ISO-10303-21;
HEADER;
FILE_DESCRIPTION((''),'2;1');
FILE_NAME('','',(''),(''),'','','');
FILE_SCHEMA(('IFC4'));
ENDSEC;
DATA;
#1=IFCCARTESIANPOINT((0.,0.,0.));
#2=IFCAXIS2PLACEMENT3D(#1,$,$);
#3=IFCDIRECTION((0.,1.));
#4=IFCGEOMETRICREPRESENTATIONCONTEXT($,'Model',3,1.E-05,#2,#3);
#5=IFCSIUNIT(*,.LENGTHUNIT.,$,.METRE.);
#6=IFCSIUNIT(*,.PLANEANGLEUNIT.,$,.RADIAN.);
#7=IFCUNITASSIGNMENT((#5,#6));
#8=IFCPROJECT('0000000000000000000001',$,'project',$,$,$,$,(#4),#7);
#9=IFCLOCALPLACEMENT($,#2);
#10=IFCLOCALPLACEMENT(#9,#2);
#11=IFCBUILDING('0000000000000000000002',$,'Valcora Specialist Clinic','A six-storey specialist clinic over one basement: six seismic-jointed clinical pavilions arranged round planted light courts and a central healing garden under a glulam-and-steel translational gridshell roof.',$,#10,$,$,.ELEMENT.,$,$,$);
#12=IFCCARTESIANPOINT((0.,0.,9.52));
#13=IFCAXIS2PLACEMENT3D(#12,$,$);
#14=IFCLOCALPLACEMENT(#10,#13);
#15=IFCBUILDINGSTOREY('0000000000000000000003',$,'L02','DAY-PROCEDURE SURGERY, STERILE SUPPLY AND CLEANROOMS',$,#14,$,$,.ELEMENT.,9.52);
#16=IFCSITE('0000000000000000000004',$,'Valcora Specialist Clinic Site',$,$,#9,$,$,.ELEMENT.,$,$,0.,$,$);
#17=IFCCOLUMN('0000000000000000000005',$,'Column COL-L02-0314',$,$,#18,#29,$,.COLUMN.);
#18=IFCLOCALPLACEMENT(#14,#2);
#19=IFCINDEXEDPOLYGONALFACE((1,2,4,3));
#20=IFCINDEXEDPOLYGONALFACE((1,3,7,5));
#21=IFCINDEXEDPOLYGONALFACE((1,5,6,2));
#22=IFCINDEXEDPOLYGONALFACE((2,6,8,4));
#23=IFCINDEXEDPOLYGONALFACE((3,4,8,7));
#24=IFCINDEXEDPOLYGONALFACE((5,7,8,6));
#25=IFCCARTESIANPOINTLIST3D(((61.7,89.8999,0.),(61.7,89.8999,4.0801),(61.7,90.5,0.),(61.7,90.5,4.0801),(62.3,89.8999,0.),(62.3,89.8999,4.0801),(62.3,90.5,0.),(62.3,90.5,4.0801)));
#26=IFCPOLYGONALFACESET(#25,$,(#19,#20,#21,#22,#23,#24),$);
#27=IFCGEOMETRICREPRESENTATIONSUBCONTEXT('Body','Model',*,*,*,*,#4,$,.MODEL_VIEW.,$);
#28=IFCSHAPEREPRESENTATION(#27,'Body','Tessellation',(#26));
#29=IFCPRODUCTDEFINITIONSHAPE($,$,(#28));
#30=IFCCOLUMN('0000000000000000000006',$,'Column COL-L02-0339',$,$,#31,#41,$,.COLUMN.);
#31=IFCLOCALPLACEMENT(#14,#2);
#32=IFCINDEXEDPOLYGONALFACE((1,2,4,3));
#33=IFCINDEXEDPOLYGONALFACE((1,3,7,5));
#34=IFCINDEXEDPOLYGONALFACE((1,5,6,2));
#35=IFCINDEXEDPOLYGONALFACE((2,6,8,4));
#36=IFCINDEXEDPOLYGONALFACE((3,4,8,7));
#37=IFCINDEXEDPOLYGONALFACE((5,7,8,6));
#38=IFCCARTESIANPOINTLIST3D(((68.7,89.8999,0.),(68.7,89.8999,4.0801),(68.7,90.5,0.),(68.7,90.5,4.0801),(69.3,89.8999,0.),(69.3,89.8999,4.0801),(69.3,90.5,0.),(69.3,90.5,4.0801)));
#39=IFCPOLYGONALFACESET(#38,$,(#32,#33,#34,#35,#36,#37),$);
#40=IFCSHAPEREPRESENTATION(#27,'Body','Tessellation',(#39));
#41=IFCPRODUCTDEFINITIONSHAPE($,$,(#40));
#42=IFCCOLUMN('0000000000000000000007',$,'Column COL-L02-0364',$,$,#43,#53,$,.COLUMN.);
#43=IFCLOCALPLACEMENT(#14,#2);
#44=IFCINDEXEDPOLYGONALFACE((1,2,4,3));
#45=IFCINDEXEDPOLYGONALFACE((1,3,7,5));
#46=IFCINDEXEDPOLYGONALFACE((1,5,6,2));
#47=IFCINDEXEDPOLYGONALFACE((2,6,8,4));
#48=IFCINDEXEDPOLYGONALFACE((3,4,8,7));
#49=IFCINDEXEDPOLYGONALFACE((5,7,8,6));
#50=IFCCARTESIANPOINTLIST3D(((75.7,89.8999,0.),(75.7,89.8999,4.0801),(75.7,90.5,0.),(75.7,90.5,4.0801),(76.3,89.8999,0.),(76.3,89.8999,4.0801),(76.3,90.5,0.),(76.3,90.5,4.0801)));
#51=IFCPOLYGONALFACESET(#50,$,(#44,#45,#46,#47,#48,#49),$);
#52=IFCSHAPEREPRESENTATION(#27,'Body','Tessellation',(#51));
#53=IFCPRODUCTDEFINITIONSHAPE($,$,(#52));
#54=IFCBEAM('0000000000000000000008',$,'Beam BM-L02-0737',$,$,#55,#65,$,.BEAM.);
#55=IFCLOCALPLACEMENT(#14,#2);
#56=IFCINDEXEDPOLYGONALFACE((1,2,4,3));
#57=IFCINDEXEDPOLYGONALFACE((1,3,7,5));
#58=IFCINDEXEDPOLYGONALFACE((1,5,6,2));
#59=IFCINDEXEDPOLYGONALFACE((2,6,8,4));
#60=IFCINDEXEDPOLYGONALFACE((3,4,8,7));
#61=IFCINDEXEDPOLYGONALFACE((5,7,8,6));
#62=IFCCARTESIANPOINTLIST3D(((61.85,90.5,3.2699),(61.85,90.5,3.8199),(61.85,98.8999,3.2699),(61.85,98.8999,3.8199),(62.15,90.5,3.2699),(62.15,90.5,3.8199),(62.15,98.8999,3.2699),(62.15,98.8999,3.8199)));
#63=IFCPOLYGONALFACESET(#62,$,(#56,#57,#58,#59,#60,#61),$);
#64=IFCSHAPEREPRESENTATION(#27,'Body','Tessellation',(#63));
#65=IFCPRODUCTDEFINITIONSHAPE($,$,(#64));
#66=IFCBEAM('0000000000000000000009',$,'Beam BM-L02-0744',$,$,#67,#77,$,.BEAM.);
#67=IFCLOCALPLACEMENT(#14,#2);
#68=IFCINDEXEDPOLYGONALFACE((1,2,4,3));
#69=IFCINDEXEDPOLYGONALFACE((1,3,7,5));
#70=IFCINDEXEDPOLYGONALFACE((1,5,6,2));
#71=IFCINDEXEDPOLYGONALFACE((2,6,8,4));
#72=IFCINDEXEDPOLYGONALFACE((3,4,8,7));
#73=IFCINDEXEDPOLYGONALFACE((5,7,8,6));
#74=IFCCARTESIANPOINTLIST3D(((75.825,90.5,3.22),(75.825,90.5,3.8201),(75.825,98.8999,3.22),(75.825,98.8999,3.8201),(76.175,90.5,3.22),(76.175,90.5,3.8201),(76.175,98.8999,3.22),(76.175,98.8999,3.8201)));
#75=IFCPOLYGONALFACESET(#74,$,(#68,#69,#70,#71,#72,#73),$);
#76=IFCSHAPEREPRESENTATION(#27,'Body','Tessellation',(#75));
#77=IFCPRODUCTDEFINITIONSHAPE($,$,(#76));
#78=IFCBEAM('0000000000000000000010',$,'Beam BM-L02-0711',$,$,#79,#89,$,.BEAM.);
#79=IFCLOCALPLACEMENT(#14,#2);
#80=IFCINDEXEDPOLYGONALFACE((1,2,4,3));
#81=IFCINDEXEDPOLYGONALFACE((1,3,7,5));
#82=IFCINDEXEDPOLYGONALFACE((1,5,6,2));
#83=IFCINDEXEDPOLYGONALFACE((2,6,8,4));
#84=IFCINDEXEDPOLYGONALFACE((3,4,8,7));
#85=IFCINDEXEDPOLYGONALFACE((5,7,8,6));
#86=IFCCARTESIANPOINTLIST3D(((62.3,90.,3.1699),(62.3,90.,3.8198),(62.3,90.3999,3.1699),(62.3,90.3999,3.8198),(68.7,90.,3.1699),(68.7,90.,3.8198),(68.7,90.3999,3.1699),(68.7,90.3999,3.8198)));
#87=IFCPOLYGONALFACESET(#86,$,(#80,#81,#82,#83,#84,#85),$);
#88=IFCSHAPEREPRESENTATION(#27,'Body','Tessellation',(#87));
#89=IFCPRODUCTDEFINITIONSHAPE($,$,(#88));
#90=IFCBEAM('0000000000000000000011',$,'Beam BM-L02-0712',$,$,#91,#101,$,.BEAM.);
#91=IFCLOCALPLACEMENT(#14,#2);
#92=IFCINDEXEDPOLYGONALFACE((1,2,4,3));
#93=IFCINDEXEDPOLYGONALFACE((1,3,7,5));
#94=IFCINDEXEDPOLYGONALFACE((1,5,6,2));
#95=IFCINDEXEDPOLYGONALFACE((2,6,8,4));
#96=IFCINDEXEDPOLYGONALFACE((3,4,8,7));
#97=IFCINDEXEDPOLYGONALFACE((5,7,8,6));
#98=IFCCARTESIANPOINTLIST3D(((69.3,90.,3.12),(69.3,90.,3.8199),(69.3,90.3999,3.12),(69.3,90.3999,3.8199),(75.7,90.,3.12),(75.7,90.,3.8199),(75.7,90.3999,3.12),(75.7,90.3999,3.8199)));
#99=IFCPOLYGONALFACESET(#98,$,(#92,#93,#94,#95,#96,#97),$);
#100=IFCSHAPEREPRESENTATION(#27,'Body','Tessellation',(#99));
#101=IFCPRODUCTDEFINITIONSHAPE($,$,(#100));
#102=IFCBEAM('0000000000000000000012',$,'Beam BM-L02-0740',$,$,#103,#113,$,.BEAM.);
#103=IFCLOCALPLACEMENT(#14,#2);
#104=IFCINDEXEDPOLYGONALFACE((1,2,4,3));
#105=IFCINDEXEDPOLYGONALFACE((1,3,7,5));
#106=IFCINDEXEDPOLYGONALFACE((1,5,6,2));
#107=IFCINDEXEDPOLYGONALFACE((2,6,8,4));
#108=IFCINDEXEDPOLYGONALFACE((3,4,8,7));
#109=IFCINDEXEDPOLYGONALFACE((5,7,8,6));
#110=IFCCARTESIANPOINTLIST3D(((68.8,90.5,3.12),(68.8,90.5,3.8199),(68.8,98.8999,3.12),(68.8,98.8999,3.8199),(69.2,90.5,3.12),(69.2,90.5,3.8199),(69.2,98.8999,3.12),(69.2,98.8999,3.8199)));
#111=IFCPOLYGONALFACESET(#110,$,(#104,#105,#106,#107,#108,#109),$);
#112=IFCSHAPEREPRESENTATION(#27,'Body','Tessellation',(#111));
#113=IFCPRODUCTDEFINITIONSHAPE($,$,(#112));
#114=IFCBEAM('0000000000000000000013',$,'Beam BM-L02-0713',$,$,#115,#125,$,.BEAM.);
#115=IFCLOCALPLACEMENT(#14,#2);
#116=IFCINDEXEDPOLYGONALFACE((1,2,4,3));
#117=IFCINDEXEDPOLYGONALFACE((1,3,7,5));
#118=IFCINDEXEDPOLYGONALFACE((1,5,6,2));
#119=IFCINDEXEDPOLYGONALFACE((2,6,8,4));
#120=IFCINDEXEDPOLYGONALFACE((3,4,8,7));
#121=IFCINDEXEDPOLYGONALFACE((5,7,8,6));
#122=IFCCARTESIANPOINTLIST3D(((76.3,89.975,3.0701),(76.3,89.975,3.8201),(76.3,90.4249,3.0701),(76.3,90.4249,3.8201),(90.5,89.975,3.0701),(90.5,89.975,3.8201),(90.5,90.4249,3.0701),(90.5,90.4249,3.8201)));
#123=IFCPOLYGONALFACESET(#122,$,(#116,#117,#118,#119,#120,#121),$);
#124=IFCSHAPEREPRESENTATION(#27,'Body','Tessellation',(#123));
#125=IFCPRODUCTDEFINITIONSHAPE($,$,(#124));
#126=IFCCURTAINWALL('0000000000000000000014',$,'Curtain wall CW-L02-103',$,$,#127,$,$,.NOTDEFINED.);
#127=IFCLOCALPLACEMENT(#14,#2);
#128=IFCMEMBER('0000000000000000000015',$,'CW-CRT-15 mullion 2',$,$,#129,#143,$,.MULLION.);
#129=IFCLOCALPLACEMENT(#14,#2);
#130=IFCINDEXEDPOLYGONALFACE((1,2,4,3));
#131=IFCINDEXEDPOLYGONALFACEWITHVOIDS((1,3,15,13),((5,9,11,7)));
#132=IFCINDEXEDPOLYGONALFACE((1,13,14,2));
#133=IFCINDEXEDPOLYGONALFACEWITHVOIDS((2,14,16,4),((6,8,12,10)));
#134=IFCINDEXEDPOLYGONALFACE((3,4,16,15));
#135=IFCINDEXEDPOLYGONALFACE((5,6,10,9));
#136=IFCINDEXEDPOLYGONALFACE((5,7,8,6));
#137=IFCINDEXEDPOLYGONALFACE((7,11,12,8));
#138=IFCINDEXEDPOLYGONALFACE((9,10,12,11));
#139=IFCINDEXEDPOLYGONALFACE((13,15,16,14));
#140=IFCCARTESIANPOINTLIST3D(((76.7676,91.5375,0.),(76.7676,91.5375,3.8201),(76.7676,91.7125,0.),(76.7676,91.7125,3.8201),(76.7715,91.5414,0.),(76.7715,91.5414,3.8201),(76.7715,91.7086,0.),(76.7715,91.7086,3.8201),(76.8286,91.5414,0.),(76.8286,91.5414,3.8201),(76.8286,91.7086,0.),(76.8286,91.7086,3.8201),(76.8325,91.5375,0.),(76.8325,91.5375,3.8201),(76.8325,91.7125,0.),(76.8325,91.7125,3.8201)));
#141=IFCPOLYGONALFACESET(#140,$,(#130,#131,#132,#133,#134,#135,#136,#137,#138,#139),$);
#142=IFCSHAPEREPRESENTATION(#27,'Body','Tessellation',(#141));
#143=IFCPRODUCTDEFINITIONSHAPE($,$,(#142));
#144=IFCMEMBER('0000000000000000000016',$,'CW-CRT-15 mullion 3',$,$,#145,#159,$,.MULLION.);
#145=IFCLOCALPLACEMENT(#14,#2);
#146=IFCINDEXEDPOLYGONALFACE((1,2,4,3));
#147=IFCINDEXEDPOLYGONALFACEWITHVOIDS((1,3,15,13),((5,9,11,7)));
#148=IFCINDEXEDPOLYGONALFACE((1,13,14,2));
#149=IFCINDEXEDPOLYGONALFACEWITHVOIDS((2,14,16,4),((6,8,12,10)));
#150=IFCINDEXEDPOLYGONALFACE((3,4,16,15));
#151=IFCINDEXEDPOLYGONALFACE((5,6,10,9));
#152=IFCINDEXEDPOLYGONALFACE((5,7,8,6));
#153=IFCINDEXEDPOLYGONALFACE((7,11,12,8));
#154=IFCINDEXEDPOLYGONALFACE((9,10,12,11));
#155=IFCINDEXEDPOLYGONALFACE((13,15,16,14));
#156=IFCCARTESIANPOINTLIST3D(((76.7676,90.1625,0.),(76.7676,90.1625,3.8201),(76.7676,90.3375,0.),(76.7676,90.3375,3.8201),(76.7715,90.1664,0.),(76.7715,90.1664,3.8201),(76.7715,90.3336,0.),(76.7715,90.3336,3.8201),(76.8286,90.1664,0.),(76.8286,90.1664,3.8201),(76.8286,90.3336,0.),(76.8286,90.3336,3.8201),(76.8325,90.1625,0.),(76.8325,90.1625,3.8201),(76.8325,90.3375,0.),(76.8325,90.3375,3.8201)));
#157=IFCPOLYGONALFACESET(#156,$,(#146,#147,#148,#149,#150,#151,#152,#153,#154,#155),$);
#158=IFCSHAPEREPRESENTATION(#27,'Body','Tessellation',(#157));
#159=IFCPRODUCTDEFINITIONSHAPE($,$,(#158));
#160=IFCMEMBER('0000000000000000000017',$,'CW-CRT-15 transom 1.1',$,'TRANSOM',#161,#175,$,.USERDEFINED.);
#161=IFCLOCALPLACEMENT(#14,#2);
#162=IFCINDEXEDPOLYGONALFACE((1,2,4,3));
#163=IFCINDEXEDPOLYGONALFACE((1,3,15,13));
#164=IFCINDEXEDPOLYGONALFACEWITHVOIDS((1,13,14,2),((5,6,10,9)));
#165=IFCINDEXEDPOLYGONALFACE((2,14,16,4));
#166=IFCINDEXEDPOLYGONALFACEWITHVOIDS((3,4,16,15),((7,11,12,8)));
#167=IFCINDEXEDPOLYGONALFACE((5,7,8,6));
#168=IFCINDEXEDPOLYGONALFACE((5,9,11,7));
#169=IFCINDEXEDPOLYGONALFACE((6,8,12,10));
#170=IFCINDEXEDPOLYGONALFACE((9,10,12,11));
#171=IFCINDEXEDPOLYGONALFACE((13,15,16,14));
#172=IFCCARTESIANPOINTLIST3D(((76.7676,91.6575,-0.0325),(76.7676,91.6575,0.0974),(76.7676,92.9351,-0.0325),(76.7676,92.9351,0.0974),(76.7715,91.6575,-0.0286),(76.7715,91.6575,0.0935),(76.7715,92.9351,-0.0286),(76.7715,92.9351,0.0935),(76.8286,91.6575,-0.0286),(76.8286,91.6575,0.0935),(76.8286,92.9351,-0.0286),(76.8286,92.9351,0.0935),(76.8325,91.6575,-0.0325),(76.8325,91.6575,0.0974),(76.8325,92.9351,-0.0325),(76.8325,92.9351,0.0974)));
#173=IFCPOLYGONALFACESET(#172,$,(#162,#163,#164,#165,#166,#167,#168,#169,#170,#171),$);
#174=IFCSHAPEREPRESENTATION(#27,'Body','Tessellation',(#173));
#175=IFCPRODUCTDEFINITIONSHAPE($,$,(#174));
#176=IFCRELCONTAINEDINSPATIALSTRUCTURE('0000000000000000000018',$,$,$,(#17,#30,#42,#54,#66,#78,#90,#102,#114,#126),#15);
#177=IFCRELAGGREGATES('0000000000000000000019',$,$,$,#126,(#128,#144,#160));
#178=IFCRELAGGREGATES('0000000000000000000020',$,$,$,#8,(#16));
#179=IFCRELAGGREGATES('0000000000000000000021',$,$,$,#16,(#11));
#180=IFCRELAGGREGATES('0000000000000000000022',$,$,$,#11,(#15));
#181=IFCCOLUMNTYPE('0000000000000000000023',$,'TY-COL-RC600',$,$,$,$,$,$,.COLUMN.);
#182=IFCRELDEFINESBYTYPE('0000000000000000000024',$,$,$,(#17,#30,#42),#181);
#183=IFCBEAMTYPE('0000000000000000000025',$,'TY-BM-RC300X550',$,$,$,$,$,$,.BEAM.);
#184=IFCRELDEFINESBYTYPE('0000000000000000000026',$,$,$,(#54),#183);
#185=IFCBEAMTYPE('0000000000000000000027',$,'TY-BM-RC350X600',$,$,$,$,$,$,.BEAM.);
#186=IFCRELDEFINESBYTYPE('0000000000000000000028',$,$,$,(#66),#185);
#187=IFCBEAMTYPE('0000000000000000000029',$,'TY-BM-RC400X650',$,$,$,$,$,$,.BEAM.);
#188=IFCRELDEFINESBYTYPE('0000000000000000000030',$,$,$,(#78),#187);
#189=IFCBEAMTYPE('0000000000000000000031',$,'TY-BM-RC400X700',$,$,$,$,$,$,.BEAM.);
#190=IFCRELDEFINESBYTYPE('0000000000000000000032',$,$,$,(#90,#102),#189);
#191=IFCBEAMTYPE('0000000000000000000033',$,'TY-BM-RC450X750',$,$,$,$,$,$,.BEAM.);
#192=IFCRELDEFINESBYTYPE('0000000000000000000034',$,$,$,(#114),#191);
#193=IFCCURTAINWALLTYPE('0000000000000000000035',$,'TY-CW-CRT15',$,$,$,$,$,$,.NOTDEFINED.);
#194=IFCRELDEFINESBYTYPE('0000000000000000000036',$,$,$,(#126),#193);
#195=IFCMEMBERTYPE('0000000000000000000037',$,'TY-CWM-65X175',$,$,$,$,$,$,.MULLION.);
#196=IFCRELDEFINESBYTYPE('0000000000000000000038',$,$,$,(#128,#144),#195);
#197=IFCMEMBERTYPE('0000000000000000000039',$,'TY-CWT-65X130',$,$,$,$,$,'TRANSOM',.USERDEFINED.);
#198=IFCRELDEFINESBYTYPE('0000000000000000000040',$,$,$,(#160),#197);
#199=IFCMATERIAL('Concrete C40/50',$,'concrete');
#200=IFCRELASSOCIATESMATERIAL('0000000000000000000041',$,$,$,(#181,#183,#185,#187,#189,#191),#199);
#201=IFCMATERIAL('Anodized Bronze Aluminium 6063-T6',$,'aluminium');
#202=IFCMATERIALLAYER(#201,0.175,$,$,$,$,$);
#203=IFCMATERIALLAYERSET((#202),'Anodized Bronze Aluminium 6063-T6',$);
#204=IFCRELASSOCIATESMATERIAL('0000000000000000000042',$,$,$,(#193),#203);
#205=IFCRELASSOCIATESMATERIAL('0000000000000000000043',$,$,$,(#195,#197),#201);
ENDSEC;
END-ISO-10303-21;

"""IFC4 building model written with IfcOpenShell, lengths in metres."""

from ifc_helpers import new_model, si_unit, direction, frame, origin, origin_2d, place, context, subcontext, project, spatial, rectangle, hollow_rectangle, extrude, material, layer, layer_set, material_profile, profile_set, type_object, element, aggregate, save


model = new_model("IFC4")

# Units and contexts
model_context = context("Model", 3, precision=1e-05, world=origin(), true_north=direction((0.0, 1.0)))
body_context = subcontext(model_context, "Body", "Model", "MODEL_VIEW")
ifc_project = project(units=[si_unit("LENGTHUNIT", "METRE"), si_unit("PLANEANGLEUNIT", "RADIAN")], contexts=[model_context])

# Site, building, storey
site_placement = place(None, origin())
site = spatial("IfcSite", under=ifc_project, at=site_placement, Name="Valcora Specialist Clinic Site", CompositionType="ELEMENT", RefElevation=0.0)
building_placement = place(site_placement, origin())
building = spatial("IfcBuilding", under=site, at=building_placement, Name="Valcora Specialist Clinic", Description="A six-storey specialist clinic over one basement: six seismic-jointed clinical pavilions arranged round planted light courts and a central healing garden under a glulam-and-steel translational gridshell roof.", CompositionType="ELEMENT")
storey_placement = place(building_placement, frame((0.0, 0.0, 9.52)))
storey = spatial("IfcBuildingStorey", under=building, at=storey_placement, Name="L02", Description="DAY-PROCEDURE SURGERY, STERILE SUPPLY AND CLEANROOMS", CompositionType="ELEMENT", Elevation=9.52)

# Columns
ifc_material_1 = material(Name="Concrete C40/50", Category="concrete")
ifc_material_profile_1 = material_profile(ifc_material_1, rectangle(XDim=0.6001, YDim=0.6001, at=origin_2d()), Name="RC-COL-600X600")
ifc_profile_set_1 = profile_set([ifc_material_profile_1], Name="Concrete C40/50")
column_type = type_object("IfcColumnType", Name="TY-COL-RC600", PredefinedType="COLUMN", material=ifc_profile_set_1)
for number, where, z_axis, x_axis, name in (
    (1, (62.0, 90.2, 0.0), (0.0, 0.0, 1.0), (1.0, 0.0, 0.0), "Column COL-L02-0314"),
    (2, (69.0, 90.2, 0.0), (0.0, 0.0, 1.0), (1.0, 0.0, 0.0), "Column COL-L02-0339"),
    (3, (76.0, 90.2, 0.0), (0.0, 0.0, 1.0), (1.0, 0.0, 0.0), "Column COL-L02-0364"),
):
    element("IfcColumn", number, at=place(storey_placement, frame(where, z_axis=z_axis, x_axis=x_axis)), inside=storey, type_object=column_type, Name=name, PredefinedType="COLUMN", context=body_context, shape_type="SweptSolid", body=[
        extrude(rectangle(XDim=0.6001, YDim=0.6001, at=origin_2d()), origin(), (0.0, 0.0, 1.0), 4.0801),
    ])

# Beams
ifc_material_profile_2 = material_profile(ifc_material_1, rectangle(XDim=0.3, YDim=0.55, at=origin_2d()), Name="RC-BM-300X550")
ifc_profile_set_2 = profile_set([ifc_material_profile_2], Name="Concrete C40/50")
beam_type_1 = type_object("IfcBeamType", Name="TY-BM-RC300X550", PredefinedType="BEAM", material=ifc_profile_set_2)
beam_1_placement = place(storey_placement, frame((62.0, 90.5, 3.5449), z_axis=(0.0, 1.0, 0.0), x_axis=(-1.0, 0.0, 0.0)))
element("IfcBeam", 4, at=beam_1_placement, inside=storey, type_object=beam_type_1, Name="Beam BM-L02-0737", PredefinedType="BEAM", context=body_context, shape_type="SweptSolid", body=[
    extrude(rectangle(XDim=0.3, YDim=0.55, at=origin_2d()), origin(), (0.0, 0.0, 1.0), 8.3999),
])
ifc_material_profile_3 = material_profile(ifc_material_1, rectangle(XDim=0.3501, YDim=0.6001, at=origin_2d()), Name="RC-BM-350X600")
ifc_profile_set_3 = profile_set([ifc_material_profile_3], Name="Concrete C40/50")
beam_type_2 = type_object("IfcBeamType", Name="TY-BM-RC350X600", PredefinedType="BEAM", material=ifc_profile_set_3)
beam_2_placement = place(storey_placement, frame((76.0, 90.5, 3.52), z_axis=(0.0, 1.0, 0.0), x_axis=(-1.0, 0.0, 0.0)))
element("IfcBeam", 5, at=beam_2_placement, inside=storey, type_object=beam_type_2, Name="Beam BM-L02-0744", PredefinedType="BEAM", context=body_context, shape_type="SweptSolid", body=[
    extrude(rectangle(XDim=0.3501, YDim=0.6001, at=origin_2d()), origin(), (0.0, 0.0, 1.0), 8.3999),
])
ifc_material_profile_4 = material_profile(ifc_material_1, rectangle(XDim=0.3999, YDim=0.6499, at=origin_2d()), Name="RC-BM-400X650")
ifc_profile_set_4 = profile_set([ifc_material_profile_4], Name="Concrete C40/50")
beam_type_3 = type_object("IfcBeamType", Name="TY-BM-RC400X650", PredefinedType="BEAM", material=ifc_profile_set_4)
beam_3_placement = place(storey_placement, frame((62.3, 90.2, 3.4949), z_axis=(1.0, 0.0, 0.0), x_axis=(0.0, 1.0, 0.0)))
element("IfcBeam", 6, at=beam_3_placement, inside=storey, type_object=beam_type_3, Name="Beam BM-L02-0711", PredefinedType="BEAM", context=body_context, shape_type="SweptSolid", body=[
    extrude(rectangle(XDim=0.3999, YDim=0.6499, at=origin_2d()), origin(), (0.0, 0.0, 1.0), 6.3999),
])
ifc_material_profile_5 = material_profile(ifc_material_1, rectangle(XDim=0.3999, YDim=0.7, at=origin_2d()), Name="RC-BM-400X700")
ifc_profile_set_5 = profile_set([ifc_material_profile_5], Name="Concrete C40/50")
beam_type_4 = type_object("IfcBeamType", Name="TY-BM-RC400X700", PredefinedType="BEAM", material=ifc_profile_set_5)
beam_4_placement = place(storey_placement, frame((69.3, 90.2, 3.47), z_axis=(1.0, 0.0, 0.0), x_axis=(0.0, 1.0, 0.0)))
element("IfcBeam", 7, at=beam_4_placement, inside=storey, type_object=beam_type_4, Name="Beam BM-L02-0712", PredefinedType="BEAM", context=body_context, shape_type="SweptSolid", body=[
    extrude(rectangle(XDim=0.3999, YDim=0.7, at=origin_2d()), origin(), (0.0, 0.0, 1.0), 6.3999),
])
beam_5_placement = place(storey_placement, frame((69.0, 90.5, 3.47), z_axis=(0.0, 1.0, 0.0), x_axis=(-1.0, 0.0, 0.0)))
element("IfcBeam", 8, at=beam_5_placement, inside=storey, type_object=beam_type_4, Name="Beam BM-L02-0740", PredefinedType="BEAM", context=body_context, shape_type="SweptSolid", body=[
    extrude(rectangle(XDim=0.3999, YDim=0.7, at=origin_2d()), origin(), (0.0, 0.0, 1.0), 8.3999),
])
ifc_material_profile_6 = material_profile(ifc_material_1, rectangle(XDim=0.45, YDim=0.75, at=origin_2d()), Name="RC-BM-450X750")
ifc_profile_set_6 = profile_set([ifc_material_profile_6], Name="Concrete C40/50")
beam_type_5 = type_object("IfcBeamType", Name="TY-BM-RC450X750", PredefinedType="BEAM", material=ifc_profile_set_6)
beam_6_placement = place(storey_placement, frame((76.3, 90.2, 3.4451), z_axis=(1.0, 0.0, 0.0), x_axis=(0.0, 1.0, 0.0)))
element("IfcBeam", 9, at=beam_6_placement, inside=storey, type_object=beam_type_5, Name="Beam BM-L02-0713", PredefinedType="BEAM", context=body_context, shape_type="SweptSolid", body=[
    extrude(rectangle(XDim=0.45, YDim=0.75, at=origin_2d()), origin(), (0.0, 0.0, 1.0), 14.2),
])

# Curtain wall, members
ifc_material_2 = material(Name="Anodized Bronze Aluminium 6063-T6", Category="aluminium")
ifc_layer_1 = layer(ifc_material_2, 0.175)
ifc_layer_set_1 = layer_set([ifc_layer_1], Name="Anodized Bronze Aluminium 6063-T6")
curtain_wall_type = type_object("IfcCurtainWallType", Name="TY-CW-CRT15", PredefinedType="NOTDEFINED", material=ifc_layer_set_1)
curtain_wall_placement = place(storey_placement, origin())
curtain_wall = element("IfcCurtainWall", 10, at=curtain_wall_placement, inside=storey, type_object=curtain_wall_type, Name="Curtain wall CW-L02-103", PredefinedType="NOTDEFINED")
ifc_material_profile_7 = material_profile(ifc_material_2, hollow_rectangle(XDim=0.0649, YDim=0.175, WallThickness=0.0039, at=origin_2d()), Name="AL-MUL-65X175")
ifc_profile_set_7 = profile_set([ifc_material_profile_7], Name="Anodized Bronze Aluminium 6063-T6")
member_type_1 = type_object("IfcMemberType", Name="TY-CWM-65X175", PredefinedType="MULLION", material=ifc_profile_set_7)
member_1_placement = place(storey_placement, frame((76.8, 91.625, 0.0), z_axis=(0.0, 0.0, 1.0), x_axis=(1.0, 0.0, 0.0)))
member_1 = element("IfcMember", 11, at=member_1_placement, type_object=member_type_1, Name="CW-CRT-15 mullion 2", PredefinedType="MULLION", context=body_context, shape_type="SweptSolid", body=[
    extrude(hollow_rectangle(XDim=0.0649, YDim=0.175, WallThickness=0.0039, at=origin_2d()), origin(), (0.0, 0.0, 1.0), 3.8201),
])
member_2_placement = place(storey_placement, frame((76.8, 90.25, 0.0), z_axis=(0.0, 0.0, 1.0), x_axis=(1.0, 0.0, 0.0)))
member_2 = element("IfcMember", 12, at=member_2_placement, type_object=member_type_1, Name="CW-CRT-15 mullion 3", PredefinedType="MULLION", context=body_context, shape_type="SweptSolid", body=[
    extrude(hollow_rectangle(XDim=0.0649, YDim=0.175, WallThickness=0.0039, at=origin_2d()), origin(), (0.0, 0.0, 1.0), 3.8201),
])
ifc_material_profile_8 = material_profile(ifc_material_2, hollow_rectangle(XDim=0.0649, YDim=0.1299, WallThickness=0.0039, at=origin_2d()), Name="AL-TRN-65X130")
ifc_profile_set_8 = profile_set([ifc_material_profile_8], Name="Anodized Bronze Aluminium 6063-T6")
member_type_2 = type_object("IfcMemberType", Name="TY-CWT-65X130", ElementType="TRANSOM", PredefinedType="USERDEFINED", material=ifc_profile_set_8)
member_3_placement = place(storey_placement, frame((76.8, 92.9351, 0.0325), z_axis=(0.0, -1.0, 0.0), x_axis=(1.0, 0.0, 0.0)))
member_3 = element("IfcMember", 13, at=member_3_placement, type_object=member_type_2, Name="CW-CRT-15 transom 1.1", ObjectType="TRANSOM", PredefinedType="USERDEFINED", context=body_context, shape_type="SweptSolid", body=[
    extrude(hollow_rectangle(XDim=0.0649, YDim=0.1299, WallThickness=0.0039, at=origin_2d()), origin(), (0.0, 0.0, 1.0), 1.2776),
])
aggregate(curtain_wall, [member_1, member_2, member_3])

save(model, "model.ifc")
